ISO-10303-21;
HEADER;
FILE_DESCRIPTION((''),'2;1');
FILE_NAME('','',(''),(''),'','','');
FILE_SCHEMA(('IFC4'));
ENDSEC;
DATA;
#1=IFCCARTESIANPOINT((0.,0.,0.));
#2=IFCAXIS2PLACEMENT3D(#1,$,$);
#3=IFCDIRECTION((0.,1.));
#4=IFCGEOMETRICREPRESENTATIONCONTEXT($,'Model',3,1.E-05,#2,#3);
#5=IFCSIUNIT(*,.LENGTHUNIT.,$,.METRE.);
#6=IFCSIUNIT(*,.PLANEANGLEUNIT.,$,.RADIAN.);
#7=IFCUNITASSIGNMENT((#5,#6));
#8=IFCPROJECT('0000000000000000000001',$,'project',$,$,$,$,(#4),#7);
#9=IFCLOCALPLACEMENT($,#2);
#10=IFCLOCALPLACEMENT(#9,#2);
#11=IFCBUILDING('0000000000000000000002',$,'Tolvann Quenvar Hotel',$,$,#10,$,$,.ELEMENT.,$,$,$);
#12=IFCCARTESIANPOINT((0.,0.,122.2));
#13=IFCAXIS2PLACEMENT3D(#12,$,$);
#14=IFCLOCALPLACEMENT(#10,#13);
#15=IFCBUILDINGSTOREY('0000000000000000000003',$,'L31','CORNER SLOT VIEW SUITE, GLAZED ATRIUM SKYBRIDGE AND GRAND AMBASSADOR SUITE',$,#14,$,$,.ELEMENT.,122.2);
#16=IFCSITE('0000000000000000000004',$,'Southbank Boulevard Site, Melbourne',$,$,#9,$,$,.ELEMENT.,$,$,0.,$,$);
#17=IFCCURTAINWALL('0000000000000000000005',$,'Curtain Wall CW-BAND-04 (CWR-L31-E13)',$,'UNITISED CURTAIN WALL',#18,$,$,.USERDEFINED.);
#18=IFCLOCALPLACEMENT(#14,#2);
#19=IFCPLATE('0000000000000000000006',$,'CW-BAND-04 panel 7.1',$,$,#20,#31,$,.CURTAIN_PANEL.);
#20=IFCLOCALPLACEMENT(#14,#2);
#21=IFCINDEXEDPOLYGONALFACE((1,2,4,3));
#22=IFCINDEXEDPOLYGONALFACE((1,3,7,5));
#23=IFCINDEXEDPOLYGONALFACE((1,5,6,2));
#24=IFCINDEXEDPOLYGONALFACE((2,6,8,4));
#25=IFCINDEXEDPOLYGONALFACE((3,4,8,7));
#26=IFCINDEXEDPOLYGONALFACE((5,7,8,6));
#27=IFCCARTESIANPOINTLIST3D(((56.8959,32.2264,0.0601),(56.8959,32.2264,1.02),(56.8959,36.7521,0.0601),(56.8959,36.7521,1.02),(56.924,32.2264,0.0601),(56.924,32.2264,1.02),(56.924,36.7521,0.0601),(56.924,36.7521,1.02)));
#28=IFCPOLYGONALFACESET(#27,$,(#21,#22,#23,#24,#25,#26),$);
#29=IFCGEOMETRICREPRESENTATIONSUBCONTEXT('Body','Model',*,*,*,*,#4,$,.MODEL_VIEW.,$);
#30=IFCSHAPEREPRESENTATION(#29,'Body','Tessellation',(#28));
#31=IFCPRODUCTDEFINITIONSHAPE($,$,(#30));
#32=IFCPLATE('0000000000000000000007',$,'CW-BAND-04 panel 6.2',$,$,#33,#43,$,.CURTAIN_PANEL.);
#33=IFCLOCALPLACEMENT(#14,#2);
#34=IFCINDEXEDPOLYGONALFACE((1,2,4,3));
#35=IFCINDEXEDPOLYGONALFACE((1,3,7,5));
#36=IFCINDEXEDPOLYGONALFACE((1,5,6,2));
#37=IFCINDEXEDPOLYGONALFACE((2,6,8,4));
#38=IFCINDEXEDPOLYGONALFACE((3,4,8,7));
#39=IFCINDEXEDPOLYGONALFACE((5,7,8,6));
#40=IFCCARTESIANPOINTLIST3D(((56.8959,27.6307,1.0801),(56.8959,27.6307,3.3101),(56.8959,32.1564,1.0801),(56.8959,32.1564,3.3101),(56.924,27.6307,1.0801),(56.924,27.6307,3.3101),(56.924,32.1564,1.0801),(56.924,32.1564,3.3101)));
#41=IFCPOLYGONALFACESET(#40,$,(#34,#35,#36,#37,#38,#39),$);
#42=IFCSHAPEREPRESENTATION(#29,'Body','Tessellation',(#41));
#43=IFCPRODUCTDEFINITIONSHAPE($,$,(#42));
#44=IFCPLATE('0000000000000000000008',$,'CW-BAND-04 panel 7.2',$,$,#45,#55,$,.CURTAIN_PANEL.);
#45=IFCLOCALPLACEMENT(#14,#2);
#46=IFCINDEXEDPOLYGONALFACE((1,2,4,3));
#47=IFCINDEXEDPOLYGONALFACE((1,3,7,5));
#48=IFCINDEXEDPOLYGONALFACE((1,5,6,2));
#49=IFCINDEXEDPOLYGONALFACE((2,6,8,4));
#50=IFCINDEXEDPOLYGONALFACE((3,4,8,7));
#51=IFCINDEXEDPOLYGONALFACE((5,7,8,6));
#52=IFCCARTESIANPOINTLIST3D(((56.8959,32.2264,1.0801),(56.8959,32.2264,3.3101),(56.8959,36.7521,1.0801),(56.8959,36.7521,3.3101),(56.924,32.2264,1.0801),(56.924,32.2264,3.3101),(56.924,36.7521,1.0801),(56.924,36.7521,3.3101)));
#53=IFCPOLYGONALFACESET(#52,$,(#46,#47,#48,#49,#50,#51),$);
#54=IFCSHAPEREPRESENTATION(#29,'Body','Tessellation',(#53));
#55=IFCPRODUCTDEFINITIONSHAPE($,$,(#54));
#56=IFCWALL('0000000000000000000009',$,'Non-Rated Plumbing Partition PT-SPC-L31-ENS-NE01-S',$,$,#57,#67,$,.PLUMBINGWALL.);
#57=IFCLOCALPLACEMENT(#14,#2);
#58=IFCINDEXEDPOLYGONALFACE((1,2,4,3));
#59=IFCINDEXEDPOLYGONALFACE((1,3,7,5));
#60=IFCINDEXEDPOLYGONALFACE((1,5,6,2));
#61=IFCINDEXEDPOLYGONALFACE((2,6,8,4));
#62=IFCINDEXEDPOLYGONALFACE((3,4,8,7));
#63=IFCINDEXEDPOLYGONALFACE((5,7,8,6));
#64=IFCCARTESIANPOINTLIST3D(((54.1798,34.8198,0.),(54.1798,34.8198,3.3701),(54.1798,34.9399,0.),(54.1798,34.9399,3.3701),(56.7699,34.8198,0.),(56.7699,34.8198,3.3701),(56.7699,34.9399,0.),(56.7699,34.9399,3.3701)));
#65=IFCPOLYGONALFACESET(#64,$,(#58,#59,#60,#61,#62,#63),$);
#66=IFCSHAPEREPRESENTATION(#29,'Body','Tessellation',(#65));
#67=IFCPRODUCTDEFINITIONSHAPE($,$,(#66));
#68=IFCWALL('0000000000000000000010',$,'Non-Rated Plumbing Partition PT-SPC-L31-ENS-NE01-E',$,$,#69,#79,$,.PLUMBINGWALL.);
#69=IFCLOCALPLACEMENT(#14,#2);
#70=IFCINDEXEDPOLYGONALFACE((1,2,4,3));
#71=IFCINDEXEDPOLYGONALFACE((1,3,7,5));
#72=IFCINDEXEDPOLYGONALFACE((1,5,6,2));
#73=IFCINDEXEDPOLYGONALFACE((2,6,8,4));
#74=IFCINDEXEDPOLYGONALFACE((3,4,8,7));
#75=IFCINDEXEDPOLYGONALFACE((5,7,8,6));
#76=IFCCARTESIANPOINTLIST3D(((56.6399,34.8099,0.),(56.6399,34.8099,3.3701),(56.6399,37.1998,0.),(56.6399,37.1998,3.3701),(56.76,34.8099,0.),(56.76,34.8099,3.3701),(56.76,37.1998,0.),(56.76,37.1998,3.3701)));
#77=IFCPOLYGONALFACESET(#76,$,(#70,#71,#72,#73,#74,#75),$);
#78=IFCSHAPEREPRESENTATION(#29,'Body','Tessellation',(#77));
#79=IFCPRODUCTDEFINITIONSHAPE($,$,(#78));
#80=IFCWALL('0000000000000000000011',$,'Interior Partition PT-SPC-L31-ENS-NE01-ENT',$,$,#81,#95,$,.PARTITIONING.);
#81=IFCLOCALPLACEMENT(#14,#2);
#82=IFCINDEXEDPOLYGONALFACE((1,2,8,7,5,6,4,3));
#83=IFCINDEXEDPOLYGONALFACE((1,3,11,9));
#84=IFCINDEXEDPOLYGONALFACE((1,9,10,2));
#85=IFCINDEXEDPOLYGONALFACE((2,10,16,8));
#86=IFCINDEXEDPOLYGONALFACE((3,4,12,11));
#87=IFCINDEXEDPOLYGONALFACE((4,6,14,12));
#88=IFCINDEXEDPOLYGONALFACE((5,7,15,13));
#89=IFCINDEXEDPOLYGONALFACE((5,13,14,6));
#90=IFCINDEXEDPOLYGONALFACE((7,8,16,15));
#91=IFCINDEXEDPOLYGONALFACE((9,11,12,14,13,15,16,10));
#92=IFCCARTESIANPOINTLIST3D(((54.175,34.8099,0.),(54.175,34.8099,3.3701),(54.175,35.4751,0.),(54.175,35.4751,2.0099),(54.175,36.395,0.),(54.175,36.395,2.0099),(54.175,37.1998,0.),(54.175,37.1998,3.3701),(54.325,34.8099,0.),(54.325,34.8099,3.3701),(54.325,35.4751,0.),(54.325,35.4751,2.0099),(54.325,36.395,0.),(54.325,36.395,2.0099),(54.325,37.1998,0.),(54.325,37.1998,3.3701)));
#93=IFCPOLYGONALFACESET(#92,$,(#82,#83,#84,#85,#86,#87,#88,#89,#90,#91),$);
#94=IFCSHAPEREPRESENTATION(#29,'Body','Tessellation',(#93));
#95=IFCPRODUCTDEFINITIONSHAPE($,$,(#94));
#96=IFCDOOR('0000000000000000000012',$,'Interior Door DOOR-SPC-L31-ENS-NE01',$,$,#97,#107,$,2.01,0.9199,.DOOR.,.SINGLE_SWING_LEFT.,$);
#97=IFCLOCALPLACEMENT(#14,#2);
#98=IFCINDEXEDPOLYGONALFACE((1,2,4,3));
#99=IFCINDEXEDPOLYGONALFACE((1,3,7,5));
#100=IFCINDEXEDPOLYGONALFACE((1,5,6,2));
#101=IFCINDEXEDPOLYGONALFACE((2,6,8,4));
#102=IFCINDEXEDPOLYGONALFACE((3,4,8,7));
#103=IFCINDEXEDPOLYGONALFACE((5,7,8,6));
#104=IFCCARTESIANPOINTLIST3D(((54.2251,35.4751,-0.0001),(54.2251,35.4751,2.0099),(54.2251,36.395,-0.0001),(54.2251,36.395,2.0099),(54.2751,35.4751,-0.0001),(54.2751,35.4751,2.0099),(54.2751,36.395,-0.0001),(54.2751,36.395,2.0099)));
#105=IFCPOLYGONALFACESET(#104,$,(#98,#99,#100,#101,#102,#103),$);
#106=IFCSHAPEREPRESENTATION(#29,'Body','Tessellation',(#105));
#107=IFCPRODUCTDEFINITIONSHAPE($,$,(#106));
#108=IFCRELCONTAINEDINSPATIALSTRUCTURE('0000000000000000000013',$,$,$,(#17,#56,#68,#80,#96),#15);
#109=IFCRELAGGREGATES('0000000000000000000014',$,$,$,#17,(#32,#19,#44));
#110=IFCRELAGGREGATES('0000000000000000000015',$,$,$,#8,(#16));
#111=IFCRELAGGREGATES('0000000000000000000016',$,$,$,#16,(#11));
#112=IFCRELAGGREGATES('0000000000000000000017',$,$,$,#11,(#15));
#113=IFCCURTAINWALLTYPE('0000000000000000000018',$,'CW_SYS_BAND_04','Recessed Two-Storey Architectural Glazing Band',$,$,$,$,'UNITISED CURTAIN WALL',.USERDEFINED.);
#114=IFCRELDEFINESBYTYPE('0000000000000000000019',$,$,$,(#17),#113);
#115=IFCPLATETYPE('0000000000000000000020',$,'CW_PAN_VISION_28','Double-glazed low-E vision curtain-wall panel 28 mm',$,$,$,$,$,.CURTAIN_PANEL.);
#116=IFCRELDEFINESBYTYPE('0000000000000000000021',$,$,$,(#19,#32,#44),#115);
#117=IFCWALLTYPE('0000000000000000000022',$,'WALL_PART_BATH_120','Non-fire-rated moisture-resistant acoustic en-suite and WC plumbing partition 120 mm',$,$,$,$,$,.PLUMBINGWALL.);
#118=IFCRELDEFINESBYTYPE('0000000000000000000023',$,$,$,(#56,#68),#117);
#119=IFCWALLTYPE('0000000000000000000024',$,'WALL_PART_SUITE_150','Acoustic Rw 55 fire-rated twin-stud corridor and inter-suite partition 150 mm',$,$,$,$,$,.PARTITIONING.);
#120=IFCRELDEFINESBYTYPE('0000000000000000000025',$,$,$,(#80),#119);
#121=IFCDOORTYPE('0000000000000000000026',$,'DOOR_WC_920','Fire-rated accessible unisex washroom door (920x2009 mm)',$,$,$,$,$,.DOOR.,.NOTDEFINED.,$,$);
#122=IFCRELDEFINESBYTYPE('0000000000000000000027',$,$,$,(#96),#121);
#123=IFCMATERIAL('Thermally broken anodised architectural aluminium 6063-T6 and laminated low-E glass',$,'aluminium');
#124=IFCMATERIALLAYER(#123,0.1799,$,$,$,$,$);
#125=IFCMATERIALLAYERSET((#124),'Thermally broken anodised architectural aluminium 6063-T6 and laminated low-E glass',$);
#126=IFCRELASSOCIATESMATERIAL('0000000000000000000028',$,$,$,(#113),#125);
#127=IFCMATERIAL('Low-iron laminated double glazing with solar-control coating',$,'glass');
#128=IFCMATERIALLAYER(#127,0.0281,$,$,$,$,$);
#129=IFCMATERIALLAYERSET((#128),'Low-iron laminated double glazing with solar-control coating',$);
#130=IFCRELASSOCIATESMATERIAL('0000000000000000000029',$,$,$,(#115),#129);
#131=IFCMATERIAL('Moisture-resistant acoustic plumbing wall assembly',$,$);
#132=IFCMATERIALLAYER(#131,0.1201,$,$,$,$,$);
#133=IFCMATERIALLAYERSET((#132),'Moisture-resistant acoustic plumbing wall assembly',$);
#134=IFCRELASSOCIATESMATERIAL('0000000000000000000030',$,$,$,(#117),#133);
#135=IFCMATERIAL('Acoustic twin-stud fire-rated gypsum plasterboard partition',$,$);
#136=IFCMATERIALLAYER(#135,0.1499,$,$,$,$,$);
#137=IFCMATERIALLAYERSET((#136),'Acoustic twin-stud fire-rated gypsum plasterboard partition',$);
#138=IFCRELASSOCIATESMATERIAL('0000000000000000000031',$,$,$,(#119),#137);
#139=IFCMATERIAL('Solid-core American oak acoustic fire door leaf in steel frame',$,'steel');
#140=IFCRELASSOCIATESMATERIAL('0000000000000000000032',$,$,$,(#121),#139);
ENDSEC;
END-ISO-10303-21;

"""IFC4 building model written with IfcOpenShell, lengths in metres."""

from ifc_helpers import new_model, si_unit, direction, frame, frame_2d, origin, origin_2d, place, context, subcontext, project, spatial, rectangle, extrude, source, transform, mapped, material, layer, layer_set, type_object, type_shapes, element, fill, aggregate, save


model = new_model("IFC4")

# Units and contexts
model_context = context("Model", 3, precision=1e-05, world=origin(), true_north=direction((0.0, 1.0)))
body_context = subcontext(model_context, "Body", "Model", "MODEL_VIEW")
ifc_project = project(units=[si_unit("LENGTHUNIT", "METRE"), si_unit("PLANEANGLEUNIT", "RADIAN")], contexts=[model_context])

# Site, building, storey
site_placement = place(None, origin())
site = spatial("IfcSite", under=ifc_project, at=site_placement, Name="Southbank Boulevard Site, Melbourne", CompositionType="ELEMENT", RefElevation=0.0)
building_placement = place(site_placement, origin())
building = spatial("IfcBuilding", under=site, at=building_placement, Name="Tolvann Quenvar Hotel", CompositionType="ELEMENT")
storey_placement = place(building_placement, frame((0.0, 0.0, 122.2)))
storey = spatial("IfcBuildingStorey", under=building, at=storey_placement, Name="L31", Description="CORNER SLOT VIEW SUITE, GLAZED ATRIUM SKYBRIDGE AND GRAND AMBASSADOR SUITE", CompositionType="ELEMENT", Elevation=122.2)

# Curtain wall, plates
ifc_material_1 = material(Name="Thermally broken anodised architectural aluminium 6063-T6 and laminated low-E glass", Category="aluminium")
ifc_layer_1 = layer(ifc_material_1, 0.1799)
ifc_layer_set_1 = layer_set([ifc_layer_1], Name="Thermally broken anodised architectural aluminium 6063-T6 and laminated low-E glass")
curtain_wall_type = type_object("IfcCurtainWallType", Name="CW_SYS_BAND_04", Description="Recessed Two-Storey Architectural Glazing Band", ElementType="UNITISED CURTAIN WALL", PredefinedType="USERDEFINED", material=ifc_layer_set_1)
curtain_wall_placement = place(storey_placement, origin())
curtain_wall = element("IfcCurtainWall", 1, at=curtain_wall_placement, inside=storey, type_object=curtain_wall_type, Name="Curtain Wall CW-BAND-04 (CWR-L31-E13)", ObjectType="UNITISED CURTAIN WALL", PredefinedType="USERDEFINED")
ifc_material_2 = material(Name="Low-iron laminated double glazing with solar-control coating", Category="glass")
ifc_layer_2 = layer(ifc_material_2, 0.0281)
ifc_layer_set_2 = layer_set([ifc_layer_2], Name="Low-iron laminated double glazing with solar-control coating")
plate_type = type_object("IfcPlateType", Name="CW_PAN_VISION_28", Description="Double-glazed low-E vision curtain-wall panel 28 mm", PredefinedType="CURTAIN_PANEL", material=ifc_layer_set_2)
shared_shape_1 = source(origin(), body_context, "Body", "SweptSolid", [
    extrude(rectangle(XDim=4.5256, YDim=0.0281, at=origin_2d()), origin(), (0.0, 0.0, 1.0), 0.96),
])
plate_1_placement = place(storey_placement, frame((56.9099, 34.4893, 0.0601), z_axis=(0.0, 0.0, 1.0), x_axis=(0.0, 1.0, 0.0)))
plate_1 = element("IfcPlate", 2, at=plate_1_placement, type_object=plate_type, Name="CW-BAND-04 panel 7.1", PredefinedType="CURTAIN_PANEL", context=body_context, shape_type="MappedRepresentation", body=[
    mapped(shared_shape_1, transform((0.0, 0.0, 0.0), x_axis=(1.0, 0.0, 0.0), y_axis=(0.0, 1.0, 0.0), z_axis=(0.0, 0.0, 1.0), scale=1.0)),
])
shared_shape_2 = source(origin(), body_context, "Body", "SweptSolid", [
    extrude(rectangle(XDim=4.5256, YDim=0.0281, at=origin_2d()), origin(), (0.0, 0.0, 1.0), 2.23),
])
type_shapes(plate_type, [shared_shape_1, shared_shape_2])
plate_2_placement = place(storey_placement, frame((56.9099, 29.8936, 1.0801), z_axis=(0.0, 0.0, 1.0), x_axis=(0.0, 1.0, 0.0)))
plate_2 = element("IfcPlate", 3, at=plate_2_placement, type_object=plate_type, Name="CW-BAND-04 panel 6.2", PredefinedType="CURTAIN_PANEL", context=body_context, shape_type="MappedRepresentation", body=[
    mapped(shared_shape_2, transform((0.0, 0.0, 0.0), x_axis=(1.0, 0.0, 0.0), y_axis=(0.0, 1.0, 0.0), z_axis=(0.0, 0.0, 1.0), scale=1.0)),
])
plate_3_placement = place(storey_placement, frame((56.9099, 34.4893, 1.0801), z_axis=(0.0, 0.0, 1.0), x_axis=(0.0, 1.0, 0.0)))
plate_3 = element("IfcPlate", 4, at=plate_3_placement, type_object=plate_type, Name="CW-BAND-04 panel 7.2", PredefinedType="CURTAIN_PANEL", context=body_context, shape_type="MappedRepresentation", body=[
    mapped(shared_shape_2, transform((0.0, 0.0, 0.0), x_axis=(1.0, 0.0, 0.0), y_axis=(0.0, 1.0, 0.0), z_axis=(0.0, 0.0, 1.0), scale=1.0)),
])
aggregate(curtain_wall, [plate_2, plate_1, plate_3])

# Walls
ifc_material_3 = material(Name="Moisture-resistant acoustic plumbing wall assembly")
ifc_layer_3 = layer(ifc_material_3, 0.1201)
ifc_layer_set_3 = layer_set([ifc_layer_3], Name="Moisture-resistant acoustic plumbing wall assembly")
wall_type_1 = type_object("IfcWallType", Name="WALL_PART_BATH_120", Description="Non-fire-rated moisture-resistant acoustic en-suite and WC plumbing partition 120 mm", PredefinedType="PLUMBINGWALL", material=ifc_layer_set_3)
wall_1_placement = place(storey_placement, frame((54.1799, 34.8799, 0.0), z_axis=(0.0, 0.0, 1.0), x_axis=(1.0, 0.0, 0.0)))
element("IfcWall", 5, at=wall_1_placement, inside=storey, type_object=wall_type_1, Name="Non-Rated Plumbing Partition PT-SPC-L31-ENS-NE01-S", PredefinedType="PLUMBINGWALL", context=body_context, shape_type="SweptSolid", body=[
    extrude(rectangle(XDim=2.5901, YDim=0.1201, at=frame_2d((1.2949, 0.0))), origin(), (0.0, 0.0, 1.0), 3.3701),
])
wall_2_placement = place(storey_placement, frame((56.7, 34.8101, 0.0), z_axis=(0.0, 0.0, 1.0), x_axis=(0.0, 1.0, 0.0)))
element("IfcWall", 6, at=wall_2_placement, inside=storey, type_object=wall_type_1, Name="Non-Rated Plumbing Partition PT-SPC-L31-ENS-NE01-E", PredefinedType="PLUMBINGWALL", context=body_context, shape_type="SweptSolid", body=[
    extrude(rectangle(XDim=2.3899, YDim=0.1201, at=frame_2d((1.1948, 0.0))), origin(), (0.0, 0.0, 1.0), 3.3701),
])

# Wall, opening, door
ifc_material_4 = material(Name="Acoustic twin-stud fire-rated gypsum plasterboard partition")
ifc_layer_4 = layer(ifc_material_4, 0.1499)
ifc_layer_set_4 = layer_set([ifc_layer_4], Name="Acoustic twin-stud fire-rated gypsum plasterboard partition")
wall_type_2 = type_object("IfcWallType", Name="WALL_PART_SUITE_150", Description="Acoustic Rw 55 fire-rated twin-stud corridor and inter-suite partition 150 mm", PredefinedType="PARTITIONING", material=ifc_layer_set_4)
wall_3_placement = place(storey_placement, frame((54.25, 34.8101, 0.0), z_axis=(0.0, 0.0, 1.0), x_axis=(0.0, 1.0, 0.0)))
wall_3 = element("IfcWall", 7, at=wall_3_placement, inside=storey, type_object=wall_type_2, Name="Interior Partition PT-SPC-L31-ENS-NE01-ENT", PredefinedType="PARTITIONING", context=body_context, shape_type="SweptSolid", body=[
    extrude(rectangle(XDim=2.3899, YDim=0.1499, at=frame_2d((1.1948, 0.0))), origin(), (0.0, 0.0, 1.0), 3.3701),
])
opening_placement = place(wall_3_placement, frame((0.665, 0.0, 0.0)))
opening = element("IfcOpeningElement", 8, at=opening_placement, cuts=wall_3, PredefinedType="OPENING", context=body_context, shape_type="SweptSolid", body=[
    extrude(rectangle(XDim=0.9199, YDim=2.01, at=frame_2d((0.46, 1.0049))), frame((0.0, 0.085, 0.0), z_axis=(0.0, -1.0, 0.0), x_axis=(1.0, 0.0, 0.0)), (0.0, 0.0, 1.0), 0.1699),
])
ifc_material_5 = material(Name="Solid-core American oak acoustic fire door leaf in steel frame", Category="steel")
door_type = type_object("IfcDoorType", Name="DOOR_WC_920", Description="Fire-rated accessible unisex washroom door (920x2009 mm)", OperationType="NOTDEFINED", PredefinedType="DOOR", material=ifc_material_5)
shared_shape_3 = source(origin(), body_context, "Body", "SweptSolid", [
    extrude(rectangle(XDim=0.9199, YDim=2.01, at=frame_2d((0.46, 1.0049))), frame((0.0, 0.0249, 0.0), z_axis=(0.0, -1.0, 0.0), x_axis=(1.0, 0.0, 0.0)), (0.0, 0.0, 1.0), 0.05),
])
type_shapes(door_type, [shared_shape_3])
door_placement = place(opening_placement, origin())
door = element("IfcDoor", 9, at=door_placement, inside=storey, type_object=door_type, Name="Interior Door DOOR-SPC-L31-ENS-NE01", OperationType="SINGLE_SWING_LEFT", OverallHeight=2.01, OverallWidth=0.9199, PredefinedType="DOOR", context=body_context, shape_type="MappedRepresentation", body=[
    mapped(shared_shape_3, transform((0.0, 0.0, 0.0), x_axis=(1.0, 0.0, 0.0), y_axis=(0.0, 1.0, 0.0), z_axis=(0.0, 0.0, 1.0), scale=1.0)),
])
fill(opening, door)

save(model, "model.ifc")
